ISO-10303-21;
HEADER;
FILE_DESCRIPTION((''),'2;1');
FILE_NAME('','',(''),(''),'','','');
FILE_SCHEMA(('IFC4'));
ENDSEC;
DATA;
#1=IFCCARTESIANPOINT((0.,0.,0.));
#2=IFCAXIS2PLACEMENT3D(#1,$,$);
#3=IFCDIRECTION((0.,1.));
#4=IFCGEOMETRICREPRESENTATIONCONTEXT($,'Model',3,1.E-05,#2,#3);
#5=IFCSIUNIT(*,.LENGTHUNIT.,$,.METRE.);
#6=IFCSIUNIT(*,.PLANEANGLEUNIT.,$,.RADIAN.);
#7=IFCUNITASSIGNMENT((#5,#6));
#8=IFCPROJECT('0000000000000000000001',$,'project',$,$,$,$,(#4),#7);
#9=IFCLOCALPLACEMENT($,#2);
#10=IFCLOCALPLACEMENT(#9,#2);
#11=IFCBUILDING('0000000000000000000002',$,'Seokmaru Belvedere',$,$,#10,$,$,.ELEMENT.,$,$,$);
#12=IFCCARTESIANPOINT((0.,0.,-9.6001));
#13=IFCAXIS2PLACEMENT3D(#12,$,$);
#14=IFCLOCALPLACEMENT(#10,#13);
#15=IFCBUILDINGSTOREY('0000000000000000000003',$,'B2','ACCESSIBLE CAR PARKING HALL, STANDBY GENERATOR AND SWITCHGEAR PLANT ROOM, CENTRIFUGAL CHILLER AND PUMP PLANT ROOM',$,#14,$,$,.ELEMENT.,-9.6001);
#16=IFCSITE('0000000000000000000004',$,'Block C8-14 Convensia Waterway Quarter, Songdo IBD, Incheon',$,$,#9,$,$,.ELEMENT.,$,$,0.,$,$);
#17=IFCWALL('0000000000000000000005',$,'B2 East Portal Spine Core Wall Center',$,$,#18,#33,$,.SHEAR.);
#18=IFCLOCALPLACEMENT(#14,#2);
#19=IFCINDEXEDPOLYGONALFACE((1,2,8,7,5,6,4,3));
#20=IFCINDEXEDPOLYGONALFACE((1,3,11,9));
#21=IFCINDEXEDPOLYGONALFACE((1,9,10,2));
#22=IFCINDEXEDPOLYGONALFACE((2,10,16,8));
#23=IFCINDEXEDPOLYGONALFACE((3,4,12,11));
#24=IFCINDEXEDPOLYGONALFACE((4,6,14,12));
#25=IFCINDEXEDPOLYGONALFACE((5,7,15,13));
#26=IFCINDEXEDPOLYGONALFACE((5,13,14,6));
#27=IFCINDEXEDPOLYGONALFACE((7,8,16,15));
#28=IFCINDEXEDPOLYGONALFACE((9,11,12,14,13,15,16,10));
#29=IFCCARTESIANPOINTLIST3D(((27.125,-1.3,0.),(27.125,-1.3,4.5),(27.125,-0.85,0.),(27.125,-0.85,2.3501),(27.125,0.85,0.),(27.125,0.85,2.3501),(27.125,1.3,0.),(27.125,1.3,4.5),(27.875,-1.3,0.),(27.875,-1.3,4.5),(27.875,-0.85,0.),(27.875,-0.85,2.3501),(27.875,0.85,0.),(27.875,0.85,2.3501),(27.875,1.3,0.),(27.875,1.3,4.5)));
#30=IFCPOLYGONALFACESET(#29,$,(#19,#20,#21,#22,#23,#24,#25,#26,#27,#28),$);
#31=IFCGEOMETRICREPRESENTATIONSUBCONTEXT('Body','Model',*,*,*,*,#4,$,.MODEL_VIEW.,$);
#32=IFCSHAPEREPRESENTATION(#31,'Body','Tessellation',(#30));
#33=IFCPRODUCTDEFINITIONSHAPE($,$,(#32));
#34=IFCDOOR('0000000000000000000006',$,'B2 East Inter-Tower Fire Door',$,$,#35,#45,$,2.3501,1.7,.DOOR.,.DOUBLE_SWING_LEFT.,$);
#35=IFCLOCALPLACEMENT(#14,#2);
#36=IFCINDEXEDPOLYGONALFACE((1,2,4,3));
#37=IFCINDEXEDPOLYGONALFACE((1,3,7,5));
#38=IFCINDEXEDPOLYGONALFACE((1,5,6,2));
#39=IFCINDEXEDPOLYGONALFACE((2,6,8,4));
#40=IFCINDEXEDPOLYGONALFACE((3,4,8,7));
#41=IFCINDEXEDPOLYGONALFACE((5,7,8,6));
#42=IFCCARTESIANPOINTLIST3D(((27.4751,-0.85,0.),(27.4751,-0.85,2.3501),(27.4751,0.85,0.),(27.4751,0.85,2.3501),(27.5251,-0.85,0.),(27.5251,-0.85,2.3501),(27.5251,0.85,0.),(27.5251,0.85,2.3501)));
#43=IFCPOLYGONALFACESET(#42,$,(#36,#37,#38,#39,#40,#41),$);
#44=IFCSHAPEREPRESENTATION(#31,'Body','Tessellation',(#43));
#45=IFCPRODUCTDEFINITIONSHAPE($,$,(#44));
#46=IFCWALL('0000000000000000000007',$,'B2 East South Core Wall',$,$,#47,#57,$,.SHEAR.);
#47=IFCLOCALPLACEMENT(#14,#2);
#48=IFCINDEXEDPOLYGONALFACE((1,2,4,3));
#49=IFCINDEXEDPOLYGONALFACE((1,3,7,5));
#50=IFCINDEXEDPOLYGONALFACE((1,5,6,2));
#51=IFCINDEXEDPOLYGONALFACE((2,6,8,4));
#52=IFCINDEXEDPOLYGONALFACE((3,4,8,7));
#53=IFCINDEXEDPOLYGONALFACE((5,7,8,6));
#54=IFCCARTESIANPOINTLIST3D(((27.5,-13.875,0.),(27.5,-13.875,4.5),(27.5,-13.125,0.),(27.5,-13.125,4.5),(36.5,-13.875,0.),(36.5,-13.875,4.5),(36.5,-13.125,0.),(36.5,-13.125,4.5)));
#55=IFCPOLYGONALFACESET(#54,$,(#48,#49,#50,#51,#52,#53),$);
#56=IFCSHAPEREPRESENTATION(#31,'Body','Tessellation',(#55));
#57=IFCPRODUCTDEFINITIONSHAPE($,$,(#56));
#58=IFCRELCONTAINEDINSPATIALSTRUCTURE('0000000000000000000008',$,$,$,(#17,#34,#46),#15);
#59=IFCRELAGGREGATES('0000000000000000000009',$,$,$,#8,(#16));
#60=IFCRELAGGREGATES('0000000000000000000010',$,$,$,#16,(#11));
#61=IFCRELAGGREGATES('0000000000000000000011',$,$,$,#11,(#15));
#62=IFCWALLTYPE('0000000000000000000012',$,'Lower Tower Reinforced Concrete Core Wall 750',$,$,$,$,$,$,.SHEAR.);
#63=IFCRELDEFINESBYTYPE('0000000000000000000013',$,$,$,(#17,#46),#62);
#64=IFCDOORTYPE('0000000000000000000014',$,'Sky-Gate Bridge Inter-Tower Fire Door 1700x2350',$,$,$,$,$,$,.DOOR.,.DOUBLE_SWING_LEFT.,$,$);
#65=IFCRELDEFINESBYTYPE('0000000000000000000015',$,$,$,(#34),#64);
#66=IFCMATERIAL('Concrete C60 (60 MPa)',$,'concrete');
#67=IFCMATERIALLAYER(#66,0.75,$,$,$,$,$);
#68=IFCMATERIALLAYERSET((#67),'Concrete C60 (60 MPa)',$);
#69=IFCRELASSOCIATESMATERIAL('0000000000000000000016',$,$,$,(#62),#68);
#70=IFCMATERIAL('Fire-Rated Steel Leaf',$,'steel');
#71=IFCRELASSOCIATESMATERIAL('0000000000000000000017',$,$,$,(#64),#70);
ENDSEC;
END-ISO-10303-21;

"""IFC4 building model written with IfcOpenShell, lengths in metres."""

from ifc_helpers import new_model, si_unit, direction, frame, frame_2d, origin, place, context, subcontext, project, spatial, rectangle, extrude, source, transform, mapped, material, layer, layer_set, type_object, type_shapes, element, fill, save


model = new_model("IFC4")

# Units and contexts
model_context = context("Model", 3, precision=1e-05, world=origin(), true_north=direction((0.0, 1.0)))
body_context = subcontext(model_context, "Body", "Model", "MODEL_VIEW")
ifc_project = project(units=[si_unit("LENGTHUNIT", "METRE"), si_unit("PLANEANGLEUNIT", "RADIAN")], contexts=[model_context])

# Site, building, storey
site_placement = place(None, origin())
site = spatial("IfcSite", under=ifc_project, at=site_placement, Name="Block C8-14 Convensia Waterway Quarter, Songdo IBD, Incheon", CompositionType="ELEMENT", RefElevation=0.0)
building_placement = place(site_placement, origin())
building = spatial("IfcBuilding", under=site, at=building_placement, Name="Seokmaru Belvedere", CompositionType="ELEMENT")
storey_placement = place(building_placement, frame((0.0, 0.0, -9.6001)))
storey = spatial("IfcBuildingStorey", under=building, at=storey_placement, Name="B2", Description="ACCESSIBLE CAR PARKING HALL, STANDBY GENERATOR AND SWITCHGEAR PLANT ROOM, CENTRIFUGAL CHILLER AND PUMP PLANT ROOM", CompositionType="ELEMENT", Elevation=-9.6001)

# Shared definitions
ifc_material_1 = material(Name="Concrete C60 (60 MPa)", Category="concrete")

# Shared definitions
ifc_material_2 = material(Name="Fire-Rated Steel Leaf", Category="steel")

# Shared definitions
ifc_layer_1 = layer(ifc_material_1, 0.75)
ifc_layer_set_1 = layer_set([ifc_layer_1], Name="Concrete C60 (60 MPa)")
wall_type_1 = type_object("IfcWallType", Name="Lower Tower Reinforced Concrete Core Wall 750", PredefinedType="SHEAR", material=ifc_layer_set_1)

# Wall, opening, door
wall_1_placement = place(storey_placement, frame((27.5, -1.3, 0.0), z_axis=(0.0, 0.0, 1.0), x_axis=(0.0, 1.0, 0.0)))
wall_1 = element("IfcWall", 1, at=wall_1_placement, inside=storey, type_object=wall_type_1, Name="B2 East Portal Spine Core Wall Center", PredefinedType="SHEAR", context=body_context, shape_type="SweptSolid", body=[
    extrude(rectangle(XDim=2.6001, YDim=0.75, at=frame_2d((1.3, 0.0))), origin(), (0.0, 0.0, 1.0), 4.5),
])
opening_1_placement = place(wall_1_placement, frame((0.45, 0.0, 0.0)))
opening_1 = element("IfcOpeningElement", 2, at=opening_1_placement, cuts=wall_1, PredefinedType="OPENING", context=body_context, shape_type="SweptSolid", body=[
    extrude(rectangle(XDim=1.7, YDim=2.3501, at=frame_2d((0.8501, 1.175))), frame((0.0, 0.385, 0.0), z_axis=(0.0, -1.0, 0.0), x_axis=(1.0, 0.0, 0.0)), (0.0, 0.0, 1.0), 0.77),
])
door_type_1 = type_object("IfcDoorType", Name="Sky-Gate Bridge Inter-Tower Fire Door 1700x2350", OperationType="DOUBLE_SWING_LEFT", PredefinedType="DOOR", material=ifc_material_2)
shared_shape_1 = source(origin(), body_context, "Body", "SweptSolid", [
    extrude(rectangle(XDim=1.7, YDim=2.3501, at=frame_2d((0.8501, 1.175))), frame((0.0, 0.0249, 0.0), z_axis=(0.0, -1.0, 0.0), x_axis=(1.0, 0.0, 0.0)), (0.0, 0.0, 1.0), 0.05),
])
type_shapes(door_type_1, [shared_shape_1])
door_1_placement = place(opening_1_placement, origin())
door_1 = element("IfcDoor", 3, at=door_1_placement, inside=storey, type_object=door_type_1, Name="B2 East Inter-Tower Fire Door", OperationType="DOUBLE_SWING_LEFT", OverallHeight=2.3501, OverallWidth=1.7, PredefinedType="DOOR", context=body_context, shape_type="MappedRepresentation", body=[
    mapped(shared_shape_1, transform((0.0, 0.0, 0.0), scale=1.0)),
])
fill(opening_1, door_1)

# Wall
wall_2_placement = place(storey_placement, frame((27.5, -13.5, 0.0), z_axis=(0.0, 0.0, 1.0), x_axis=(1.0, 0.0, 0.0)))
element("IfcWall", 4, at=wall_2_placement, inside=storey, type_object=wall_type_1, Name="B2 East South Core Wall", PredefinedType="SHEAR", context=body_context, shape_type="SweptSolid", body=[
    extrude(rectangle(XDim=9.0, YDim=0.75, at=frame_2d((4.5, 0.0))), origin(), (0.0, 0.0, 1.0), 4.5),
])

save(model, "model.ifc")
